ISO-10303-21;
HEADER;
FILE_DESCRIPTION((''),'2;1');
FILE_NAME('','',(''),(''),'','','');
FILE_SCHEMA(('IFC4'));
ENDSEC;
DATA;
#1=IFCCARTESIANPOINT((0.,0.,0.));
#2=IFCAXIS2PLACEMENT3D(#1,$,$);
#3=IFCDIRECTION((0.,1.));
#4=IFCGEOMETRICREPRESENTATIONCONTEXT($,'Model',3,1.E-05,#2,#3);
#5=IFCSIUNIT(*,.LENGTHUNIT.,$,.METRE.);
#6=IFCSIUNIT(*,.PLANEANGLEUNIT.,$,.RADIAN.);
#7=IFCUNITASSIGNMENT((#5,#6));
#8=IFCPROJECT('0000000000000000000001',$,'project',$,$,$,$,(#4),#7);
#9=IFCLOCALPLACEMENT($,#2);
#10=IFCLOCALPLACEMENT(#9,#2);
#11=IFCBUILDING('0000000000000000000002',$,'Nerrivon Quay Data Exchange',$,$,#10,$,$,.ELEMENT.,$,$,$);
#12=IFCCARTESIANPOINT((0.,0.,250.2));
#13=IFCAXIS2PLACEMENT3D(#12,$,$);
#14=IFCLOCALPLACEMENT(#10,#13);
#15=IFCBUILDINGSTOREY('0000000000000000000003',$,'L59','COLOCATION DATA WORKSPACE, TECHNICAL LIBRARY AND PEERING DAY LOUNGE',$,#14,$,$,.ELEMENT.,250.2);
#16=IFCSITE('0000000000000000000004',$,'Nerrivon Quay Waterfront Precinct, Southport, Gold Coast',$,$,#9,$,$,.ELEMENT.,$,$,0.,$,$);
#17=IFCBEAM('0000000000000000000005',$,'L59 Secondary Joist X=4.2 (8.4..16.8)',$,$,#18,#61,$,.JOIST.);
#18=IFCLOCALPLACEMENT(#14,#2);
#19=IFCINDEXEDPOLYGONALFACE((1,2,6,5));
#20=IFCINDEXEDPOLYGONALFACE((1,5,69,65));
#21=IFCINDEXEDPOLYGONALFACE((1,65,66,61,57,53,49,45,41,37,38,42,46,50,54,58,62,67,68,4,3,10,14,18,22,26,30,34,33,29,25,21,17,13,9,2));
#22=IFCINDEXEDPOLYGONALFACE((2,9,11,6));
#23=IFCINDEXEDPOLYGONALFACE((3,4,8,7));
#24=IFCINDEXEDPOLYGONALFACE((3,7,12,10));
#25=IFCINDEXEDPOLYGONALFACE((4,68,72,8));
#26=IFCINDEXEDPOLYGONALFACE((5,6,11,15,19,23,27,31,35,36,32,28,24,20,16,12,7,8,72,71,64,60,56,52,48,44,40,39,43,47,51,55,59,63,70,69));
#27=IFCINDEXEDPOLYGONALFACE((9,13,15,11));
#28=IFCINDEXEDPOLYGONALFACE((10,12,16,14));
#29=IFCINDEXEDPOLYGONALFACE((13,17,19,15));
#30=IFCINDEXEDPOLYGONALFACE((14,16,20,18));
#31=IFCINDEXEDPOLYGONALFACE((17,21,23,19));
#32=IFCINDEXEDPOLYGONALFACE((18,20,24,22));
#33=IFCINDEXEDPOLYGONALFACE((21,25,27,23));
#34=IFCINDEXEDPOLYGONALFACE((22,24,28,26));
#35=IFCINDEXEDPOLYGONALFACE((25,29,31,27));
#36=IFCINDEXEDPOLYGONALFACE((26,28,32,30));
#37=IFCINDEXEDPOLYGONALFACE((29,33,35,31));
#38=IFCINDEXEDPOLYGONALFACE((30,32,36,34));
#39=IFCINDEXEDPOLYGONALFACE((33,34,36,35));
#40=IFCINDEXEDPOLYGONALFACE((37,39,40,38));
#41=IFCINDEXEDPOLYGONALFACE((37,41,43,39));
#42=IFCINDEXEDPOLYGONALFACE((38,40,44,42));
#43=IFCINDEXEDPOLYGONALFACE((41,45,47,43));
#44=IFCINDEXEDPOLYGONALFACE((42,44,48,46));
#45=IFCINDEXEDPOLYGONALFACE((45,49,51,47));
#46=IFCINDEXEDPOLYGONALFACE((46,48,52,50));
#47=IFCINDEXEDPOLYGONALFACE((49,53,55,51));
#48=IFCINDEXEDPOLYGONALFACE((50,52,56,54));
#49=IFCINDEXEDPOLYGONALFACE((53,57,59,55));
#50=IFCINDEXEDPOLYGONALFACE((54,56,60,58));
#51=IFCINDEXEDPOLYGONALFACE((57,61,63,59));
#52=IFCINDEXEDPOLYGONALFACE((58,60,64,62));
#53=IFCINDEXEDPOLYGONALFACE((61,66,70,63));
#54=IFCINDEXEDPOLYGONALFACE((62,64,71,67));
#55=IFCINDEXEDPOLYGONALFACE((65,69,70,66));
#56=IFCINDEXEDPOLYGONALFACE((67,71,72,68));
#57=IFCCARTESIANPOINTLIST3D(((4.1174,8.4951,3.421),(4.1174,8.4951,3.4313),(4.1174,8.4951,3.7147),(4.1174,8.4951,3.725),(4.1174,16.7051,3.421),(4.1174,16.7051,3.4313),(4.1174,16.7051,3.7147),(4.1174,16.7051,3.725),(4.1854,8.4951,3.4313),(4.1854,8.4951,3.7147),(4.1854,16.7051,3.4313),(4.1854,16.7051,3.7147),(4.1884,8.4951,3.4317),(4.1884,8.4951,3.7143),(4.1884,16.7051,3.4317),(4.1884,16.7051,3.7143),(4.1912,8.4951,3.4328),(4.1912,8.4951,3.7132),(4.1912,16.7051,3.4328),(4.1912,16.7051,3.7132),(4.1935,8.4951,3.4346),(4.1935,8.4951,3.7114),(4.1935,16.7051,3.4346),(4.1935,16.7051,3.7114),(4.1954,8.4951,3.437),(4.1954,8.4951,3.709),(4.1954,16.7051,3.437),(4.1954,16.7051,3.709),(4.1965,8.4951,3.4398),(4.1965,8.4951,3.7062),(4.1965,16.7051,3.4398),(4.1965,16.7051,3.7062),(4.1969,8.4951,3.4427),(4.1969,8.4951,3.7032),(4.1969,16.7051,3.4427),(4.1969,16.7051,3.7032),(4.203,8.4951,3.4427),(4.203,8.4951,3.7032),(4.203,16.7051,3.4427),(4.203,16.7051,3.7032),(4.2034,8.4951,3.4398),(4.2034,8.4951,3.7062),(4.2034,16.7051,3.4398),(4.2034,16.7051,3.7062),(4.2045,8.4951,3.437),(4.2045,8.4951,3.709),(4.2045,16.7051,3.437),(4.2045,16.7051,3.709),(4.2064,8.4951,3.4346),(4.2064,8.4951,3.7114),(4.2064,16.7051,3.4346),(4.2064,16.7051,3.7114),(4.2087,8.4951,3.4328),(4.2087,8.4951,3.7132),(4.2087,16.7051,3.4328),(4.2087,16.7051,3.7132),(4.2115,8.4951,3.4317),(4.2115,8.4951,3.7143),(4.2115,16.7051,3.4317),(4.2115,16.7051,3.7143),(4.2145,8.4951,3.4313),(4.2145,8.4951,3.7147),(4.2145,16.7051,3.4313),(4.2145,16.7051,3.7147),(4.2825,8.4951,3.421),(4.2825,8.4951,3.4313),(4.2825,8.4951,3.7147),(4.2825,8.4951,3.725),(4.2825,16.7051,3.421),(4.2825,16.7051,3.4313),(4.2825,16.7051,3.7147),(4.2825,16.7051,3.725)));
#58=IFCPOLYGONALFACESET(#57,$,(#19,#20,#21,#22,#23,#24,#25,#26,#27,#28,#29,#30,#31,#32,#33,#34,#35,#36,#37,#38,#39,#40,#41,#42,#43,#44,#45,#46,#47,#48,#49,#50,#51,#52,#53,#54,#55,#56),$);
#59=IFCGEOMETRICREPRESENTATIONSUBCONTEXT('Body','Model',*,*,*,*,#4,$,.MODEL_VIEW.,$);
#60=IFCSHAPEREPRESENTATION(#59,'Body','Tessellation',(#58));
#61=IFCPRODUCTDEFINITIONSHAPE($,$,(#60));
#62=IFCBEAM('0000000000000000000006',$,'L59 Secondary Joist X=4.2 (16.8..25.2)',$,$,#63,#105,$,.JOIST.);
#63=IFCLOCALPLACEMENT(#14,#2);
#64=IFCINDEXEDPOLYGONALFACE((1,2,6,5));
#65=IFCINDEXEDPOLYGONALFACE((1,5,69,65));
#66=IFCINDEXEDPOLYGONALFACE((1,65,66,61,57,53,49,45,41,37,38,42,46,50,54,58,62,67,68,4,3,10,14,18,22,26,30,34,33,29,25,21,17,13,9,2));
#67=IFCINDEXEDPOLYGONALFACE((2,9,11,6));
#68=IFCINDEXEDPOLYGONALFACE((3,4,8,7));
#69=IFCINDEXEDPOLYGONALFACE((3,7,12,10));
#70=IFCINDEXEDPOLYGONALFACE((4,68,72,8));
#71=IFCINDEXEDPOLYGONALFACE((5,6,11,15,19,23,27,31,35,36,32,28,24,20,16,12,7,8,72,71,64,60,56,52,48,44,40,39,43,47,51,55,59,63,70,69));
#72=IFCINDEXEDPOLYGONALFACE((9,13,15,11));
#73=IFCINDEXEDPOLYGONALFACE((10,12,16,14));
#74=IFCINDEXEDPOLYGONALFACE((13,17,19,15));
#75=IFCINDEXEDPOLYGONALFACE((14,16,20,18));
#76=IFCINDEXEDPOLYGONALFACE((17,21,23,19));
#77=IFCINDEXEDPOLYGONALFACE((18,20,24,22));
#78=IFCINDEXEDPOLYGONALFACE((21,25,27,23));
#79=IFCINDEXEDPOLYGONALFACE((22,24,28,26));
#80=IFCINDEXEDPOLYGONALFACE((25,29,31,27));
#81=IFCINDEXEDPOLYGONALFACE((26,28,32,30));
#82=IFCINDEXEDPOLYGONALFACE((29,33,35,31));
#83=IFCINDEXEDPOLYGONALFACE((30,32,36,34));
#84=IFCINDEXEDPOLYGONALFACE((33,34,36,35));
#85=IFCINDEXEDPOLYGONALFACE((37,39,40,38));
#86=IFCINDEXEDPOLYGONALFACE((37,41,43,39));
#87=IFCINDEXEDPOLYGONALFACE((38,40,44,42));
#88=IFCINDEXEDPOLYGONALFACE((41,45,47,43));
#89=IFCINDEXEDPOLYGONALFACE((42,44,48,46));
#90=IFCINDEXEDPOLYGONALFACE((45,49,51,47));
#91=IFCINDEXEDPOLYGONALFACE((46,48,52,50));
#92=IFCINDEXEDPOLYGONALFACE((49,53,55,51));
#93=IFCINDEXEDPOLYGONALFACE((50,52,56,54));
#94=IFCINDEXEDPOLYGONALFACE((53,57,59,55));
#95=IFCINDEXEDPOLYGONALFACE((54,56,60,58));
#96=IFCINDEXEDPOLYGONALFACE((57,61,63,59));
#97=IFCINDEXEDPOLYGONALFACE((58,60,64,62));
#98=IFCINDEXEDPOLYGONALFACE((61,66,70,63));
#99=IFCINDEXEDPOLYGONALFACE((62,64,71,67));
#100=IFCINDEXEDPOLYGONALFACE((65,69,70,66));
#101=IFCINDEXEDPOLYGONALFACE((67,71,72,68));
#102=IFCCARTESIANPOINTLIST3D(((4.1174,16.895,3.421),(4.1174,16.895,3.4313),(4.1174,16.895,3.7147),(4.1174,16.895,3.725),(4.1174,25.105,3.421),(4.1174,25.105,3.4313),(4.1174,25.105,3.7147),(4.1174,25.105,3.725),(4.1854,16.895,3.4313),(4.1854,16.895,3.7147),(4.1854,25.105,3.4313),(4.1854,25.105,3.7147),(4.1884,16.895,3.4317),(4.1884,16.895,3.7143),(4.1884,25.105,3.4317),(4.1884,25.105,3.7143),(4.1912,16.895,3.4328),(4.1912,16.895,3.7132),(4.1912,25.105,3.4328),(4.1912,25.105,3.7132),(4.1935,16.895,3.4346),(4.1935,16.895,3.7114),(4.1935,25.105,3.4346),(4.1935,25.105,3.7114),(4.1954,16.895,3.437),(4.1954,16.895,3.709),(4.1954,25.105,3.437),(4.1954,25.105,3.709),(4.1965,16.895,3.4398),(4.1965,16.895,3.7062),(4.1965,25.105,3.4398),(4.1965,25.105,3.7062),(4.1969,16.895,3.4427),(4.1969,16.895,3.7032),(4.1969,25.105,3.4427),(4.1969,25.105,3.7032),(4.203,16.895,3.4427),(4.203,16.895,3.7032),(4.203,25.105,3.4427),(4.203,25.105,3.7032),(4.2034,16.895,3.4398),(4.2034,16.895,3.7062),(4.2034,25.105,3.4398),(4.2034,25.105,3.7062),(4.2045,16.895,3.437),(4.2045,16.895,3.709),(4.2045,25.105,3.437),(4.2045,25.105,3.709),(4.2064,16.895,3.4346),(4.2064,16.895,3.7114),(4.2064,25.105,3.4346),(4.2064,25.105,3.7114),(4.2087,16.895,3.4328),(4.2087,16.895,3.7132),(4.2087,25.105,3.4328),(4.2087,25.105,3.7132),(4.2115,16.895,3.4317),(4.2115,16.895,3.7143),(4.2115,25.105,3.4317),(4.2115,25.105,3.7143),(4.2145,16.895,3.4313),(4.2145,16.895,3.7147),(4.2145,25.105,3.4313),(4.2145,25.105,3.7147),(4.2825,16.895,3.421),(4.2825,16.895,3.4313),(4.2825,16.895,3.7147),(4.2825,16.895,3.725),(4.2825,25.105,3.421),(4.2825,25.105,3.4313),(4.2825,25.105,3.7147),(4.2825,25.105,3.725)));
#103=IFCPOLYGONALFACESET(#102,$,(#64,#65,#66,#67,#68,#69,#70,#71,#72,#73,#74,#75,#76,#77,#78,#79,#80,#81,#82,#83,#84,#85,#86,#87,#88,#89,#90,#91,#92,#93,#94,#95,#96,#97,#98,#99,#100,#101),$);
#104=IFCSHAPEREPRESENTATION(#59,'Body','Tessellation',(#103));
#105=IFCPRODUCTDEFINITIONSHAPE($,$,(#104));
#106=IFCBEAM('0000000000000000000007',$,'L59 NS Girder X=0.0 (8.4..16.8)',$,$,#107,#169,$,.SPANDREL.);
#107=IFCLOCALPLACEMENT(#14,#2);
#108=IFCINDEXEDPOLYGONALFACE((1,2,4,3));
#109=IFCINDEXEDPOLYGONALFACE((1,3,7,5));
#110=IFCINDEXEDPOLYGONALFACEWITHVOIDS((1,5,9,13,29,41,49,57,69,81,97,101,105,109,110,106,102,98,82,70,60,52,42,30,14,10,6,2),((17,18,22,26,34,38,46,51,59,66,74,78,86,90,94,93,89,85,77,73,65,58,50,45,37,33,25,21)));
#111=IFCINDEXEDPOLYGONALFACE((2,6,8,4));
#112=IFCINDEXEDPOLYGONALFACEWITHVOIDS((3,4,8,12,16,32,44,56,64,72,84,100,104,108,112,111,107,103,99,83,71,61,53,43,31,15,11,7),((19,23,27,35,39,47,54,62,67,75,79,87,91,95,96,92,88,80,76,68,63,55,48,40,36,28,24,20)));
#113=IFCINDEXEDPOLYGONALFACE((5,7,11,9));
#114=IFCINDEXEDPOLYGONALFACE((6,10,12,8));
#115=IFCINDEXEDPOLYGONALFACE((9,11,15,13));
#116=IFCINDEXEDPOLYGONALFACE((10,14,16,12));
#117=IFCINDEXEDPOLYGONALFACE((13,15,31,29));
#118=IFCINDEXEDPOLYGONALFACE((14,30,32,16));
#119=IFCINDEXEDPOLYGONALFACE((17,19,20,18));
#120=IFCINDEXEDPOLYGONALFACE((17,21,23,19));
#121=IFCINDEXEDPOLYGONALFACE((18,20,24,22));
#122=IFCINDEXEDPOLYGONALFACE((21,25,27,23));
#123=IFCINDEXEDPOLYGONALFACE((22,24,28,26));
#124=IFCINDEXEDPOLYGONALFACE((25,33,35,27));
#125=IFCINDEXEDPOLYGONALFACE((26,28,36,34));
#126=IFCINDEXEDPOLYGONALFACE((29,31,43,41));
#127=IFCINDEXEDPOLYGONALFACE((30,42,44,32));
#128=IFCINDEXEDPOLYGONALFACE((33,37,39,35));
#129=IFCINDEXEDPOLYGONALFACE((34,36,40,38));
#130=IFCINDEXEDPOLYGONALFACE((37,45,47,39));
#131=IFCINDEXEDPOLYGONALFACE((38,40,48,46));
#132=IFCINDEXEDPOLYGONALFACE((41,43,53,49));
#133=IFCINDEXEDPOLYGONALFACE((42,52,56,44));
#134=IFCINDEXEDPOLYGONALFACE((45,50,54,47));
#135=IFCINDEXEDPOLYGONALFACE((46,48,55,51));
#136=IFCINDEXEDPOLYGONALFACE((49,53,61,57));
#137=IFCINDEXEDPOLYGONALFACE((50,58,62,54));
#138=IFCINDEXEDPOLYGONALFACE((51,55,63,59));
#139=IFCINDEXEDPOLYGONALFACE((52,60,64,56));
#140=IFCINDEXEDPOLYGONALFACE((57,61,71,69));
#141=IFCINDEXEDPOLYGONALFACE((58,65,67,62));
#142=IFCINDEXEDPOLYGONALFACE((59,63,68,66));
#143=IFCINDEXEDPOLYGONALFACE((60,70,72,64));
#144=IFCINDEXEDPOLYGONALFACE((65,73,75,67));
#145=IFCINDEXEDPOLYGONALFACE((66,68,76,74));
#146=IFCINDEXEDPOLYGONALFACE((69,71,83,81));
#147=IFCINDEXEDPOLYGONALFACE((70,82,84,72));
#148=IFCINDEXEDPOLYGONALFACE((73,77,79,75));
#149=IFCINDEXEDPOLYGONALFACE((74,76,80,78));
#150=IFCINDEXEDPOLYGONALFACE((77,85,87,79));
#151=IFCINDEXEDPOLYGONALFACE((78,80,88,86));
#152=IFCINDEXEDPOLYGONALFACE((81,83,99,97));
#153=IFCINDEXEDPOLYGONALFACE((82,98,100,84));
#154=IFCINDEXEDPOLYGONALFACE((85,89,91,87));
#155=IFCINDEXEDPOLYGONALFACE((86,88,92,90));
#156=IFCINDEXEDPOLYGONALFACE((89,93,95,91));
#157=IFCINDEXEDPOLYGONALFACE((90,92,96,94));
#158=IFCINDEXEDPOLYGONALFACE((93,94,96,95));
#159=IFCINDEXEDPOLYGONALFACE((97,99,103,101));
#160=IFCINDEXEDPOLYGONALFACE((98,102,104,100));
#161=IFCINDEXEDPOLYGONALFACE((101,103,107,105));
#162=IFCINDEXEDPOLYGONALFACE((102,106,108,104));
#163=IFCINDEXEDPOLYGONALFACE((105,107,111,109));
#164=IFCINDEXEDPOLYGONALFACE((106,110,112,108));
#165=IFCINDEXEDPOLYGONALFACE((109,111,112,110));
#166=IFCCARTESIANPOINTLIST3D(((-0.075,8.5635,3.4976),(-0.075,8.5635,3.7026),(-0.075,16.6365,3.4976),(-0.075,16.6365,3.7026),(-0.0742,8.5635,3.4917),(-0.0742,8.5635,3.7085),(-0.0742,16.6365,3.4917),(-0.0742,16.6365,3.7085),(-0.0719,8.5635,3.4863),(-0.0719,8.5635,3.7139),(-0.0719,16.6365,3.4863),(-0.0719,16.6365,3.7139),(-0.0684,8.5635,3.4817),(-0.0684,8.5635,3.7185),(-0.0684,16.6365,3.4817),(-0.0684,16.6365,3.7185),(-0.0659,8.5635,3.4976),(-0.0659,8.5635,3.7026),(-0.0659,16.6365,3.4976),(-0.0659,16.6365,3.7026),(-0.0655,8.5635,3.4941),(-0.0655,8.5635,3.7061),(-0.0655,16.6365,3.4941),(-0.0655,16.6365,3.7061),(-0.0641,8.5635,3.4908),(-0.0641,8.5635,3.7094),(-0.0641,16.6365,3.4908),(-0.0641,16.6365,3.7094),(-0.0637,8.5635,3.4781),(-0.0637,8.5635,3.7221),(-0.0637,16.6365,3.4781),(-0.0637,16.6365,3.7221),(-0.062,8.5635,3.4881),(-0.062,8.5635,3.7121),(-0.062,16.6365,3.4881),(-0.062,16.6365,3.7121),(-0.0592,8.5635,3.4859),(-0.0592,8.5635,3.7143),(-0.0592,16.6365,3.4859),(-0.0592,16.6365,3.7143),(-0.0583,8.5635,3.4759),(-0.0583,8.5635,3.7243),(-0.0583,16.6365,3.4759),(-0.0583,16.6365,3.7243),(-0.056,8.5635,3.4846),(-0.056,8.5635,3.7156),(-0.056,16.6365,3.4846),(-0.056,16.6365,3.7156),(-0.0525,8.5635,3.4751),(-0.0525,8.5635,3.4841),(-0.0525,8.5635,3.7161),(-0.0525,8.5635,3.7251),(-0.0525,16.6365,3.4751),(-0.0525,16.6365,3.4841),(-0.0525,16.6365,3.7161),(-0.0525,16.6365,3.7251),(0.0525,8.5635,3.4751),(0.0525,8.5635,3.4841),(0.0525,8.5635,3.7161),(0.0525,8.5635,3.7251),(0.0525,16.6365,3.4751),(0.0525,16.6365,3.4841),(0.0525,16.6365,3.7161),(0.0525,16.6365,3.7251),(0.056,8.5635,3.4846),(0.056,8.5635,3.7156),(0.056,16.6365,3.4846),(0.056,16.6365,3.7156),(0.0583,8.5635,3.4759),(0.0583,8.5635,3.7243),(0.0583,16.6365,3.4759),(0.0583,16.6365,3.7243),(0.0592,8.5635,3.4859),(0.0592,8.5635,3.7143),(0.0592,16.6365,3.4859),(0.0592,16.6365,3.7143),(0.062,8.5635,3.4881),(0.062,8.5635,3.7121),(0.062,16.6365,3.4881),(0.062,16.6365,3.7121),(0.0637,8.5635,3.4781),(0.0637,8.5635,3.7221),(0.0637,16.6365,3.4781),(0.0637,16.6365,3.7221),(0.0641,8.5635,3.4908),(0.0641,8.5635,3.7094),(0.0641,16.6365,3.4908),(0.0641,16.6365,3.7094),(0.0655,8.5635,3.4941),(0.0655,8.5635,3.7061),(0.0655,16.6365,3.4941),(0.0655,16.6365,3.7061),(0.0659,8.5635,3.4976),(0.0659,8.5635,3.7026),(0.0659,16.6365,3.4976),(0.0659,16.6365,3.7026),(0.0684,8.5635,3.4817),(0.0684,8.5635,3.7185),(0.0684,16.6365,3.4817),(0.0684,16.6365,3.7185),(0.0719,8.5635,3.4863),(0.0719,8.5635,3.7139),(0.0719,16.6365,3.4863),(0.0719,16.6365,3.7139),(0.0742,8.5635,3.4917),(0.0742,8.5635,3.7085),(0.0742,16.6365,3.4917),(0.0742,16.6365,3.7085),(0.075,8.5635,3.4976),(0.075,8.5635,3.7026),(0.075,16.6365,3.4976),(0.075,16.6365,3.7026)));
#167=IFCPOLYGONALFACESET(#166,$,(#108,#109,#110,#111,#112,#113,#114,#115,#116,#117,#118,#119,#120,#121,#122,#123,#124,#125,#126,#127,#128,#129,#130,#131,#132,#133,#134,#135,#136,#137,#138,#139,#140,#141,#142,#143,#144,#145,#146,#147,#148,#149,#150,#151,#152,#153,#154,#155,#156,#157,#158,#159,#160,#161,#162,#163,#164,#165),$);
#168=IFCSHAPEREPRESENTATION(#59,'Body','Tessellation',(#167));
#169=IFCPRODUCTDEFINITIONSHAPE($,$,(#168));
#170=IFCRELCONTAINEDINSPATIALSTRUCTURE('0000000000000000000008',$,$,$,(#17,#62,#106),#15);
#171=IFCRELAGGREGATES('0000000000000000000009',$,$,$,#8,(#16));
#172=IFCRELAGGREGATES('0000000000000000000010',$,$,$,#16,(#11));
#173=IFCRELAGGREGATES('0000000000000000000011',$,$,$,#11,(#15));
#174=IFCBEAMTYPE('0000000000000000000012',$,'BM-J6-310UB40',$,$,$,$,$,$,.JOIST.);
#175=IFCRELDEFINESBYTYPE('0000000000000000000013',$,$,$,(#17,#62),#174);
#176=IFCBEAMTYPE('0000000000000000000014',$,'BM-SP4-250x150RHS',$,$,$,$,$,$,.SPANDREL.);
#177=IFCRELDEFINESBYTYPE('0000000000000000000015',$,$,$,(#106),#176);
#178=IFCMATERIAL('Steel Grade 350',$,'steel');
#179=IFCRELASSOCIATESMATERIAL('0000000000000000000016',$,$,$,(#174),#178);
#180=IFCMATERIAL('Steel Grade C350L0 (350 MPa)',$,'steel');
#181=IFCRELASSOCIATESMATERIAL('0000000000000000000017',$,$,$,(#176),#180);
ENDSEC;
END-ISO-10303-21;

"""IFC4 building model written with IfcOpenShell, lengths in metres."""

from ifc_helpers import new_model, si_unit, direction, frame, origin, origin_2d, place, context, subcontext, project, spatial, hollow_rectangle, i_section, extrude, material, material_profile, profile_set, type_object, element, save


model = new_model("IFC4")

# Units and contexts
model_context = context("Model", 3, precision=1e-05, world=origin(), true_north=direction((0.0, 1.0)))
body_context = subcontext(model_context, "Body", "Model", "MODEL_VIEW")
ifc_project = project(units=[si_unit("LENGTHUNIT", "METRE"), si_unit("PLANEANGLEUNIT", "RADIAN")], contexts=[model_context])

# Site, building, storey
site_placement = place(None, origin())
site = spatial("IfcSite", under=ifc_project, at=site_placement, Name="Nerrivon Quay Waterfront Precinct, Southport, Gold Coast", CompositionType="ELEMENT", RefElevation=0.0)
building_placement = place(site_placement, origin())
building = spatial("IfcBuilding", under=site, at=building_placement, Name="Nerrivon Quay Data Exchange", CompositionType="ELEMENT")
storey_placement = place(building_placement, frame((0.0, 0.0, 250.2)))
storey = spatial("IfcBuildingStorey", under=building, at=storey_placement, Name="L59", Description="COLOCATION DATA WORKSPACE, TECHNICAL LIBRARY AND PEERING DAY LOUNGE", CompositionType="ELEMENT", Elevation=250.2)

# Shared definitions
ifc_material_1 = material(Name="Steel Grade 350", Category="steel")

# Beams
ifc_material_profile_1 = material_profile(ifc_material_1, i_section(OverallWidth=0.165, OverallDepth=0.304, WebThickness=0.0061, FlangeThickness=0.0103, FilletRadius=0.0115, at=origin_2d()), Name="310UB40.4")
ifc_profile_set_1 = profile_set([ifc_material_profile_1], Name="Steel Grade 350")
beam_type_1 = type_object("IfcBeamType", Name="BM-J6-310UB40", PredefinedType="JOIST", material=ifc_profile_set_1)
for number, where, z_axis, x_axis, name in (
    (1, (4.2, 8.4951, 3.573), (0.0, 1.0, 0.0), (-1.0, 0.0, 0.0), "L59 Secondary Joist X=4.2 (8.4..16.8)"),
    (2, (4.2, 16.895, 3.573), (0.0, 1.0, 0.0), (-1.0, 0.0, 0.0), "L59 Secondary Joist X=4.2 (16.8..25.2)"),
):
    element("IfcBeam", number, at=place(storey_placement, frame(where, z_axis=z_axis, x_axis=x_axis)), inside=storey, type_object=beam_type_1, Name=name, PredefinedType="JOIST", context=body_context, shape_type="SweptSolid", body=[
        extrude(i_section(OverallWidth=0.165, OverallDepth=0.304, WebThickness=0.0061, FlangeThickness=0.0103, FilletRadius=0.0115, at=origin_2d()), origin(), (0.0, 0.0, 1.0), 8.21),
    ])
ifc_material_2 = material(Name="Steel Grade C350L0 (350 MPa)", Category="steel")
ifc_material_profile_2 = material_profile(ifc_material_2, hollow_rectangle(XDim=0.1499, YDim=0.25, WallThickness=0.009, InnerFilletRadius=0.0134, OuterFilletRadius=0.0225, at=origin_2d()), Name="250x150x9.0RHS")
ifc_profile_set_2 = profile_set([ifc_material_profile_2], Name="Steel Grade C350L0 (350 MPa)")
beam_type_2 = type_object("IfcBeamType", Name="BM-SP4-250x150RHS", PredefinedType="SPANDREL", material=ifc_profile_set_2)
beam_1_placement = place(storey_placement, frame((0.0, 8.5635, 3.6001), z_axis=(0.0, 1.0, 0.0), x_axis=(-1.0, 0.0, 0.0)))
element("IfcBeam", 3, at=beam_1_placement, inside=storey, type_object=beam_type_2, Name="L59 NS Girder X=0.0 (8.4..16.8)", PredefinedType="SPANDREL", context=body_context, shape_type="SweptSolid", body=[
    extrude(hollow_rectangle(XDim=0.1499, YDim=0.25, WallThickness=0.009, InnerFilletRadius=0.0134, OuterFilletRadius=0.0225, at=origin_2d()), origin(), (0.0, 0.0, 1.0), 8.073),
])

save(model, "model.ifc")
